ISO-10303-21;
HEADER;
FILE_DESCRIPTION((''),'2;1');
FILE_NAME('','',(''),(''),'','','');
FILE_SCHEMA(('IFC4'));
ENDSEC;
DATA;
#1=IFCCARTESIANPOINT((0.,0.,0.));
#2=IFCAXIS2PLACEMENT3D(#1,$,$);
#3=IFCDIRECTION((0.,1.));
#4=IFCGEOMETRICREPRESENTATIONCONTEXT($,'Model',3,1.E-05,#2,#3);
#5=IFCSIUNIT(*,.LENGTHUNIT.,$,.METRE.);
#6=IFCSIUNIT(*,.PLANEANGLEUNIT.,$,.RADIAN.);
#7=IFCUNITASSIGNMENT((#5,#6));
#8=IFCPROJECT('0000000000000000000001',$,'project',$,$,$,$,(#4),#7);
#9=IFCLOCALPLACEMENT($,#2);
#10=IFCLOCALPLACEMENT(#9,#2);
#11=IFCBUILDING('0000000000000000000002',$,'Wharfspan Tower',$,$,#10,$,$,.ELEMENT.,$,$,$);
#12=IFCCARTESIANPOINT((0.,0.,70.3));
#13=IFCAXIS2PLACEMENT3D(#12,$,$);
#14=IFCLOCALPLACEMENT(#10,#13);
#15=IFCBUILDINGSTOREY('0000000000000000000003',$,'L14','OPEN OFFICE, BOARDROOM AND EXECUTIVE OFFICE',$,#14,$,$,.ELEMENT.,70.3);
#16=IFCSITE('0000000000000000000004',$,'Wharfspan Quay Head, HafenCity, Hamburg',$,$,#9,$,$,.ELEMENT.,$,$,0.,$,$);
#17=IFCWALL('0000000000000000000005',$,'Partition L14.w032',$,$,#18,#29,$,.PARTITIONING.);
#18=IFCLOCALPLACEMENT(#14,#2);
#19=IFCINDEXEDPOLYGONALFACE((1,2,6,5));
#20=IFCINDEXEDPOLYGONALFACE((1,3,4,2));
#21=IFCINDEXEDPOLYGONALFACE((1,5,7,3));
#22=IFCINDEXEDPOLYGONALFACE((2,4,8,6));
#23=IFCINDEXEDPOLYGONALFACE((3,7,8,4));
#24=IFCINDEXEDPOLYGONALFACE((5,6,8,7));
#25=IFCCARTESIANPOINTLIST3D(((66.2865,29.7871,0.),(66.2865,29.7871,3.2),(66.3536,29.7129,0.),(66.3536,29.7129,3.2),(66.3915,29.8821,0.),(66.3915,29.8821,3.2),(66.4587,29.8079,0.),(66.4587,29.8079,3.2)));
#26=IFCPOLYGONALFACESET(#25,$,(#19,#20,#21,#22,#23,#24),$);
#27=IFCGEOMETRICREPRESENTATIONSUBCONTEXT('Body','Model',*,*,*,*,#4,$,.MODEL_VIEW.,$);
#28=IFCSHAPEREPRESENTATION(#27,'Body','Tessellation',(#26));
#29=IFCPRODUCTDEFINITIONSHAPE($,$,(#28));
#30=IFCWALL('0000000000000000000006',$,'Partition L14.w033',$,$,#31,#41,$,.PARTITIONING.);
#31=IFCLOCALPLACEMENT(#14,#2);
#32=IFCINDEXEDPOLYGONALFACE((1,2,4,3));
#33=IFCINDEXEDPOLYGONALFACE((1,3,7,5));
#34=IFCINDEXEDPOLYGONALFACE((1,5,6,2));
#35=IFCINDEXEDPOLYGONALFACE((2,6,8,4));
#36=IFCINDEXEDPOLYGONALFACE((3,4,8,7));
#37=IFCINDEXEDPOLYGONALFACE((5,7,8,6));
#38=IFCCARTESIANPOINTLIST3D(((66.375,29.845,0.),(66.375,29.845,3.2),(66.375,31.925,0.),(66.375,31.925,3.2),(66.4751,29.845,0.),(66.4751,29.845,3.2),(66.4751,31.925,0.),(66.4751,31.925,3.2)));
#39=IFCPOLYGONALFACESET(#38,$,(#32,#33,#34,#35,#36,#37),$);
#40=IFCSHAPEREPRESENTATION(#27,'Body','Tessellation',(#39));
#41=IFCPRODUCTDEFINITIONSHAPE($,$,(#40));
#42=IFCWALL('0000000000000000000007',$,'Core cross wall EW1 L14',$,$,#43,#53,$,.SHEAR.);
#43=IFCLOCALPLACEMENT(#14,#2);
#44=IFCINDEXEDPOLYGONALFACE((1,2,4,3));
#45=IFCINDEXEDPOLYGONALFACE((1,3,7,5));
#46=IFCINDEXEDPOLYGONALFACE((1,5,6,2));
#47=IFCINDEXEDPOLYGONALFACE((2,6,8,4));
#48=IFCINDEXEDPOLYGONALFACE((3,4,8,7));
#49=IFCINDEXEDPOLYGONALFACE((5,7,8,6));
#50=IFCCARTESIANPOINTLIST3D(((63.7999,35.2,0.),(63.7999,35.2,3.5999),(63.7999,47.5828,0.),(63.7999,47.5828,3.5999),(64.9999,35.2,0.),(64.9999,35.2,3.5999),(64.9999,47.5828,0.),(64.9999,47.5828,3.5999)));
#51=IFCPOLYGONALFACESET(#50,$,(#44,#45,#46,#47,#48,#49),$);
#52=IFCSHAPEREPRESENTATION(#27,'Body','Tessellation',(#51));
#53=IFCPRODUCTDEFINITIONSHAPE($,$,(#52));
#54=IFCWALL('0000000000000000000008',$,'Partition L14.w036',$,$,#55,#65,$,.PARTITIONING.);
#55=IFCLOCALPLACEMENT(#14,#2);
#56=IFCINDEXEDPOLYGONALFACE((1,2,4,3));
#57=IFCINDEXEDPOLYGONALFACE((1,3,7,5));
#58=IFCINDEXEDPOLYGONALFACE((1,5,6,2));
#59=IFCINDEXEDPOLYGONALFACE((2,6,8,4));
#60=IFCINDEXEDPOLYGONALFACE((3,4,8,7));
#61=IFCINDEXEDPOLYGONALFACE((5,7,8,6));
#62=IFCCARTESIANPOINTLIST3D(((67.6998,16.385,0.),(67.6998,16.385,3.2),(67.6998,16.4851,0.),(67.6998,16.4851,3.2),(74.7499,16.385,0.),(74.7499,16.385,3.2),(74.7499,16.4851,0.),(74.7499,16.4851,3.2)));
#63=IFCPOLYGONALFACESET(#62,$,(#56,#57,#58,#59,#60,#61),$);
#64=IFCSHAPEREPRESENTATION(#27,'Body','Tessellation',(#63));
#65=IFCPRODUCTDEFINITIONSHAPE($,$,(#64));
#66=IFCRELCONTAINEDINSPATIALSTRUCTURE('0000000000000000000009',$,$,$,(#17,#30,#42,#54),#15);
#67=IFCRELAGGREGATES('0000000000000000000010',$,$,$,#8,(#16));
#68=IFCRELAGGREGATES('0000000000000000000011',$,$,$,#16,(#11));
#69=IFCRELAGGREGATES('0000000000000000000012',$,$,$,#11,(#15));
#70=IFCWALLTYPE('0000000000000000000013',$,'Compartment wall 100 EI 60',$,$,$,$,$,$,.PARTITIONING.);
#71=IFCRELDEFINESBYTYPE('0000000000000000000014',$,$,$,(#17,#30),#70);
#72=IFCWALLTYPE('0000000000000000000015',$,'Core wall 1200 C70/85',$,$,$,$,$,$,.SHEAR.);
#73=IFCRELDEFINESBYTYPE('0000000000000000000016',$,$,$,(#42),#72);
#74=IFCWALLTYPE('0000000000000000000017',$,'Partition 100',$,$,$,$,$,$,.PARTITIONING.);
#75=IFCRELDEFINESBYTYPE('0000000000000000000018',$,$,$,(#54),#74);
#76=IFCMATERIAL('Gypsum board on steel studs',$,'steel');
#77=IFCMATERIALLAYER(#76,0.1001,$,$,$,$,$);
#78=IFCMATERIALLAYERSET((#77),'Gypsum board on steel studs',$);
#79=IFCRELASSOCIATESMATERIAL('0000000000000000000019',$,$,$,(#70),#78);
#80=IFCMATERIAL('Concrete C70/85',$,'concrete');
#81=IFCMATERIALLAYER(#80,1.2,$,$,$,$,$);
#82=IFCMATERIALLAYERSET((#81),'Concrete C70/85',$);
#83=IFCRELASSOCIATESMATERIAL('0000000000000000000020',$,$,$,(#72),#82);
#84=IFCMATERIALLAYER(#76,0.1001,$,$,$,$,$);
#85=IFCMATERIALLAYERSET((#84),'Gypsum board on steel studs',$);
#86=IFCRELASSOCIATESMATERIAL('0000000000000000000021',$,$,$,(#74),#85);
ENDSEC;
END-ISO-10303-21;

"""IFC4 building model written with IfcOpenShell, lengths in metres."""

from ifc_helpers import new_model, si_unit, direction, frame, frame_2d, origin, place, context, subcontext, project, spatial, rectangle, extrude, material, layer, layer_set, type_object, element, save


model = new_model("IFC4")

# Units and contexts
model_context = context("Model", 3, precision=1e-05, world=origin(), true_north=direction((0.0, 1.0)))
body_context = subcontext(model_context, "Body", "Model", "MODEL_VIEW")
ifc_project = project(units=[si_unit("LENGTHUNIT", "METRE"), si_unit("PLANEANGLEUNIT", "RADIAN")], contexts=[model_context])

# Site, building, storey
site_placement = place(None, origin())
site = spatial("IfcSite", under=ifc_project, at=site_placement, Name="Wharfspan Quay Head, HafenCity, Hamburg", CompositionType="ELEMENT", RefElevation=0.0)
building_placement = place(site_placement, origin())
building = spatial("IfcBuilding", under=site, at=building_placement, Name="Wharfspan Tower", CompositionType="ELEMENT")
storey_placement = place(building_placement, frame((0.0, 0.0, 70.3)))
storey = spatial("IfcBuildingStorey", under=building, at=storey_placement, Name="L14", Description="OPEN OFFICE, BOARDROOM AND EXECUTIVE OFFICE", CompositionType="ELEMENT", Elevation=70.3)

# Shared definitions
ifc_material_1 = material(Name="Gypsum board on steel studs", Category="steel")
ifc_layer_1 = layer(ifc_material_1, 0.1001)
ifc_layer_set_1 = layer_set([ifc_layer_1], Name="Gypsum board on steel studs")
wall_type_1 = type_object("IfcWallType", Name="Compartment wall 100 EI 60", PredefinedType="PARTITIONING", material=ifc_layer_set_1)

# Walls
wall_1_placement = place(storey_placement, frame((66.3201, 29.75, 0.0), z_axis=(0.0, 0.0, 1.0), x_axis=(0.741581, 0.670872, 0.0)))
element("IfcWall", 1, at=wall_1_placement, inside=storey, type_object=wall_type_1, Name="Partition L14.w032", PredefinedType="PARTITIONING", context=body_context, shape_type="SweptSolid", body=[
    extrude(rectangle(XDim=0.1416, YDim=0.1001, at=frame_2d((0.0708, 0.0))), origin(), (0.0, 0.0, 1.0), 3.2),
])
wall_2_placement = place(storey_placement, frame((66.425, 29.845, 0.0), z_axis=(0.0, 0.0, 1.0), x_axis=(0.0, 1.0, 0.0)))
element("IfcWall", 2, at=wall_2_placement, inside=storey, type_object=wall_type_1, Name="Partition L14.w033", PredefinedType="PARTITIONING", context=body_context, shape_type="SweptSolid", body=[
    extrude(rectangle(XDim=2.0801, YDim=0.1001, at=frame_2d((1.04, 0.0))), origin(), (0.0, 0.0, 1.0), 3.2),
])
ifc_material_2 = material(Name="Concrete C70/85", Category="concrete")
ifc_layer_2 = layer(ifc_material_2, 1.2)
ifc_layer_set_2 = layer_set([ifc_layer_2], Name="Concrete C70/85")
wall_type_2 = type_object("IfcWallType", Name="Core wall 1200 C70/85", PredefinedType="SHEAR", material=ifc_layer_set_2)
wall_3_placement = place(storey_placement, frame((64.3999, 35.2, 0.0), z_axis=(0.0, 0.0, 1.0), x_axis=(0.0, 1.0, 0.0)))
element("IfcWall", 3, at=wall_3_placement, inside=storey, type_object=wall_type_2, Name="Core cross wall EW1 L14", PredefinedType="SHEAR", context=body_context, shape_type="SweptSolid", body=[
    extrude(rectangle(XDim=12.3828, YDim=1.2, at=frame_2d((6.1914, 0.0))), origin(), (0.0, 0.0, 1.0), 3.5999),
])
ifc_layer_3 = layer(ifc_material_1, 0.1001)
ifc_layer_set_3 = layer_set([ifc_layer_3], Name="Gypsum board on steel studs")
wall_type_3 = type_object("IfcWallType", Name="Partition 100", PredefinedType="PARTITIONING", material=ifc_layer_set_3)
wall_4_placement = place(storey_placement, frame((67.7, 16.4351, 0.0), z_axis=(0.0, 0.0, 1.0), x_axis=(1.0, 0.0, 0.0)))
element("IfcWall", 4, at=wall_4_placement, inside=storey, type_object=wall_type_3, Name="Partition L14.w036", PredefinedType="PARTITIONING", context=body_context, shape_type="SweptSolid", body=[
    extrude(rectangle(XDim=7.05, YDim=0.1001, at=frame_2d((3.5249, 0.0))), origin(), (0.0, 0.0, 1.0), 3.2),
])

save(model, "model.ifc")
